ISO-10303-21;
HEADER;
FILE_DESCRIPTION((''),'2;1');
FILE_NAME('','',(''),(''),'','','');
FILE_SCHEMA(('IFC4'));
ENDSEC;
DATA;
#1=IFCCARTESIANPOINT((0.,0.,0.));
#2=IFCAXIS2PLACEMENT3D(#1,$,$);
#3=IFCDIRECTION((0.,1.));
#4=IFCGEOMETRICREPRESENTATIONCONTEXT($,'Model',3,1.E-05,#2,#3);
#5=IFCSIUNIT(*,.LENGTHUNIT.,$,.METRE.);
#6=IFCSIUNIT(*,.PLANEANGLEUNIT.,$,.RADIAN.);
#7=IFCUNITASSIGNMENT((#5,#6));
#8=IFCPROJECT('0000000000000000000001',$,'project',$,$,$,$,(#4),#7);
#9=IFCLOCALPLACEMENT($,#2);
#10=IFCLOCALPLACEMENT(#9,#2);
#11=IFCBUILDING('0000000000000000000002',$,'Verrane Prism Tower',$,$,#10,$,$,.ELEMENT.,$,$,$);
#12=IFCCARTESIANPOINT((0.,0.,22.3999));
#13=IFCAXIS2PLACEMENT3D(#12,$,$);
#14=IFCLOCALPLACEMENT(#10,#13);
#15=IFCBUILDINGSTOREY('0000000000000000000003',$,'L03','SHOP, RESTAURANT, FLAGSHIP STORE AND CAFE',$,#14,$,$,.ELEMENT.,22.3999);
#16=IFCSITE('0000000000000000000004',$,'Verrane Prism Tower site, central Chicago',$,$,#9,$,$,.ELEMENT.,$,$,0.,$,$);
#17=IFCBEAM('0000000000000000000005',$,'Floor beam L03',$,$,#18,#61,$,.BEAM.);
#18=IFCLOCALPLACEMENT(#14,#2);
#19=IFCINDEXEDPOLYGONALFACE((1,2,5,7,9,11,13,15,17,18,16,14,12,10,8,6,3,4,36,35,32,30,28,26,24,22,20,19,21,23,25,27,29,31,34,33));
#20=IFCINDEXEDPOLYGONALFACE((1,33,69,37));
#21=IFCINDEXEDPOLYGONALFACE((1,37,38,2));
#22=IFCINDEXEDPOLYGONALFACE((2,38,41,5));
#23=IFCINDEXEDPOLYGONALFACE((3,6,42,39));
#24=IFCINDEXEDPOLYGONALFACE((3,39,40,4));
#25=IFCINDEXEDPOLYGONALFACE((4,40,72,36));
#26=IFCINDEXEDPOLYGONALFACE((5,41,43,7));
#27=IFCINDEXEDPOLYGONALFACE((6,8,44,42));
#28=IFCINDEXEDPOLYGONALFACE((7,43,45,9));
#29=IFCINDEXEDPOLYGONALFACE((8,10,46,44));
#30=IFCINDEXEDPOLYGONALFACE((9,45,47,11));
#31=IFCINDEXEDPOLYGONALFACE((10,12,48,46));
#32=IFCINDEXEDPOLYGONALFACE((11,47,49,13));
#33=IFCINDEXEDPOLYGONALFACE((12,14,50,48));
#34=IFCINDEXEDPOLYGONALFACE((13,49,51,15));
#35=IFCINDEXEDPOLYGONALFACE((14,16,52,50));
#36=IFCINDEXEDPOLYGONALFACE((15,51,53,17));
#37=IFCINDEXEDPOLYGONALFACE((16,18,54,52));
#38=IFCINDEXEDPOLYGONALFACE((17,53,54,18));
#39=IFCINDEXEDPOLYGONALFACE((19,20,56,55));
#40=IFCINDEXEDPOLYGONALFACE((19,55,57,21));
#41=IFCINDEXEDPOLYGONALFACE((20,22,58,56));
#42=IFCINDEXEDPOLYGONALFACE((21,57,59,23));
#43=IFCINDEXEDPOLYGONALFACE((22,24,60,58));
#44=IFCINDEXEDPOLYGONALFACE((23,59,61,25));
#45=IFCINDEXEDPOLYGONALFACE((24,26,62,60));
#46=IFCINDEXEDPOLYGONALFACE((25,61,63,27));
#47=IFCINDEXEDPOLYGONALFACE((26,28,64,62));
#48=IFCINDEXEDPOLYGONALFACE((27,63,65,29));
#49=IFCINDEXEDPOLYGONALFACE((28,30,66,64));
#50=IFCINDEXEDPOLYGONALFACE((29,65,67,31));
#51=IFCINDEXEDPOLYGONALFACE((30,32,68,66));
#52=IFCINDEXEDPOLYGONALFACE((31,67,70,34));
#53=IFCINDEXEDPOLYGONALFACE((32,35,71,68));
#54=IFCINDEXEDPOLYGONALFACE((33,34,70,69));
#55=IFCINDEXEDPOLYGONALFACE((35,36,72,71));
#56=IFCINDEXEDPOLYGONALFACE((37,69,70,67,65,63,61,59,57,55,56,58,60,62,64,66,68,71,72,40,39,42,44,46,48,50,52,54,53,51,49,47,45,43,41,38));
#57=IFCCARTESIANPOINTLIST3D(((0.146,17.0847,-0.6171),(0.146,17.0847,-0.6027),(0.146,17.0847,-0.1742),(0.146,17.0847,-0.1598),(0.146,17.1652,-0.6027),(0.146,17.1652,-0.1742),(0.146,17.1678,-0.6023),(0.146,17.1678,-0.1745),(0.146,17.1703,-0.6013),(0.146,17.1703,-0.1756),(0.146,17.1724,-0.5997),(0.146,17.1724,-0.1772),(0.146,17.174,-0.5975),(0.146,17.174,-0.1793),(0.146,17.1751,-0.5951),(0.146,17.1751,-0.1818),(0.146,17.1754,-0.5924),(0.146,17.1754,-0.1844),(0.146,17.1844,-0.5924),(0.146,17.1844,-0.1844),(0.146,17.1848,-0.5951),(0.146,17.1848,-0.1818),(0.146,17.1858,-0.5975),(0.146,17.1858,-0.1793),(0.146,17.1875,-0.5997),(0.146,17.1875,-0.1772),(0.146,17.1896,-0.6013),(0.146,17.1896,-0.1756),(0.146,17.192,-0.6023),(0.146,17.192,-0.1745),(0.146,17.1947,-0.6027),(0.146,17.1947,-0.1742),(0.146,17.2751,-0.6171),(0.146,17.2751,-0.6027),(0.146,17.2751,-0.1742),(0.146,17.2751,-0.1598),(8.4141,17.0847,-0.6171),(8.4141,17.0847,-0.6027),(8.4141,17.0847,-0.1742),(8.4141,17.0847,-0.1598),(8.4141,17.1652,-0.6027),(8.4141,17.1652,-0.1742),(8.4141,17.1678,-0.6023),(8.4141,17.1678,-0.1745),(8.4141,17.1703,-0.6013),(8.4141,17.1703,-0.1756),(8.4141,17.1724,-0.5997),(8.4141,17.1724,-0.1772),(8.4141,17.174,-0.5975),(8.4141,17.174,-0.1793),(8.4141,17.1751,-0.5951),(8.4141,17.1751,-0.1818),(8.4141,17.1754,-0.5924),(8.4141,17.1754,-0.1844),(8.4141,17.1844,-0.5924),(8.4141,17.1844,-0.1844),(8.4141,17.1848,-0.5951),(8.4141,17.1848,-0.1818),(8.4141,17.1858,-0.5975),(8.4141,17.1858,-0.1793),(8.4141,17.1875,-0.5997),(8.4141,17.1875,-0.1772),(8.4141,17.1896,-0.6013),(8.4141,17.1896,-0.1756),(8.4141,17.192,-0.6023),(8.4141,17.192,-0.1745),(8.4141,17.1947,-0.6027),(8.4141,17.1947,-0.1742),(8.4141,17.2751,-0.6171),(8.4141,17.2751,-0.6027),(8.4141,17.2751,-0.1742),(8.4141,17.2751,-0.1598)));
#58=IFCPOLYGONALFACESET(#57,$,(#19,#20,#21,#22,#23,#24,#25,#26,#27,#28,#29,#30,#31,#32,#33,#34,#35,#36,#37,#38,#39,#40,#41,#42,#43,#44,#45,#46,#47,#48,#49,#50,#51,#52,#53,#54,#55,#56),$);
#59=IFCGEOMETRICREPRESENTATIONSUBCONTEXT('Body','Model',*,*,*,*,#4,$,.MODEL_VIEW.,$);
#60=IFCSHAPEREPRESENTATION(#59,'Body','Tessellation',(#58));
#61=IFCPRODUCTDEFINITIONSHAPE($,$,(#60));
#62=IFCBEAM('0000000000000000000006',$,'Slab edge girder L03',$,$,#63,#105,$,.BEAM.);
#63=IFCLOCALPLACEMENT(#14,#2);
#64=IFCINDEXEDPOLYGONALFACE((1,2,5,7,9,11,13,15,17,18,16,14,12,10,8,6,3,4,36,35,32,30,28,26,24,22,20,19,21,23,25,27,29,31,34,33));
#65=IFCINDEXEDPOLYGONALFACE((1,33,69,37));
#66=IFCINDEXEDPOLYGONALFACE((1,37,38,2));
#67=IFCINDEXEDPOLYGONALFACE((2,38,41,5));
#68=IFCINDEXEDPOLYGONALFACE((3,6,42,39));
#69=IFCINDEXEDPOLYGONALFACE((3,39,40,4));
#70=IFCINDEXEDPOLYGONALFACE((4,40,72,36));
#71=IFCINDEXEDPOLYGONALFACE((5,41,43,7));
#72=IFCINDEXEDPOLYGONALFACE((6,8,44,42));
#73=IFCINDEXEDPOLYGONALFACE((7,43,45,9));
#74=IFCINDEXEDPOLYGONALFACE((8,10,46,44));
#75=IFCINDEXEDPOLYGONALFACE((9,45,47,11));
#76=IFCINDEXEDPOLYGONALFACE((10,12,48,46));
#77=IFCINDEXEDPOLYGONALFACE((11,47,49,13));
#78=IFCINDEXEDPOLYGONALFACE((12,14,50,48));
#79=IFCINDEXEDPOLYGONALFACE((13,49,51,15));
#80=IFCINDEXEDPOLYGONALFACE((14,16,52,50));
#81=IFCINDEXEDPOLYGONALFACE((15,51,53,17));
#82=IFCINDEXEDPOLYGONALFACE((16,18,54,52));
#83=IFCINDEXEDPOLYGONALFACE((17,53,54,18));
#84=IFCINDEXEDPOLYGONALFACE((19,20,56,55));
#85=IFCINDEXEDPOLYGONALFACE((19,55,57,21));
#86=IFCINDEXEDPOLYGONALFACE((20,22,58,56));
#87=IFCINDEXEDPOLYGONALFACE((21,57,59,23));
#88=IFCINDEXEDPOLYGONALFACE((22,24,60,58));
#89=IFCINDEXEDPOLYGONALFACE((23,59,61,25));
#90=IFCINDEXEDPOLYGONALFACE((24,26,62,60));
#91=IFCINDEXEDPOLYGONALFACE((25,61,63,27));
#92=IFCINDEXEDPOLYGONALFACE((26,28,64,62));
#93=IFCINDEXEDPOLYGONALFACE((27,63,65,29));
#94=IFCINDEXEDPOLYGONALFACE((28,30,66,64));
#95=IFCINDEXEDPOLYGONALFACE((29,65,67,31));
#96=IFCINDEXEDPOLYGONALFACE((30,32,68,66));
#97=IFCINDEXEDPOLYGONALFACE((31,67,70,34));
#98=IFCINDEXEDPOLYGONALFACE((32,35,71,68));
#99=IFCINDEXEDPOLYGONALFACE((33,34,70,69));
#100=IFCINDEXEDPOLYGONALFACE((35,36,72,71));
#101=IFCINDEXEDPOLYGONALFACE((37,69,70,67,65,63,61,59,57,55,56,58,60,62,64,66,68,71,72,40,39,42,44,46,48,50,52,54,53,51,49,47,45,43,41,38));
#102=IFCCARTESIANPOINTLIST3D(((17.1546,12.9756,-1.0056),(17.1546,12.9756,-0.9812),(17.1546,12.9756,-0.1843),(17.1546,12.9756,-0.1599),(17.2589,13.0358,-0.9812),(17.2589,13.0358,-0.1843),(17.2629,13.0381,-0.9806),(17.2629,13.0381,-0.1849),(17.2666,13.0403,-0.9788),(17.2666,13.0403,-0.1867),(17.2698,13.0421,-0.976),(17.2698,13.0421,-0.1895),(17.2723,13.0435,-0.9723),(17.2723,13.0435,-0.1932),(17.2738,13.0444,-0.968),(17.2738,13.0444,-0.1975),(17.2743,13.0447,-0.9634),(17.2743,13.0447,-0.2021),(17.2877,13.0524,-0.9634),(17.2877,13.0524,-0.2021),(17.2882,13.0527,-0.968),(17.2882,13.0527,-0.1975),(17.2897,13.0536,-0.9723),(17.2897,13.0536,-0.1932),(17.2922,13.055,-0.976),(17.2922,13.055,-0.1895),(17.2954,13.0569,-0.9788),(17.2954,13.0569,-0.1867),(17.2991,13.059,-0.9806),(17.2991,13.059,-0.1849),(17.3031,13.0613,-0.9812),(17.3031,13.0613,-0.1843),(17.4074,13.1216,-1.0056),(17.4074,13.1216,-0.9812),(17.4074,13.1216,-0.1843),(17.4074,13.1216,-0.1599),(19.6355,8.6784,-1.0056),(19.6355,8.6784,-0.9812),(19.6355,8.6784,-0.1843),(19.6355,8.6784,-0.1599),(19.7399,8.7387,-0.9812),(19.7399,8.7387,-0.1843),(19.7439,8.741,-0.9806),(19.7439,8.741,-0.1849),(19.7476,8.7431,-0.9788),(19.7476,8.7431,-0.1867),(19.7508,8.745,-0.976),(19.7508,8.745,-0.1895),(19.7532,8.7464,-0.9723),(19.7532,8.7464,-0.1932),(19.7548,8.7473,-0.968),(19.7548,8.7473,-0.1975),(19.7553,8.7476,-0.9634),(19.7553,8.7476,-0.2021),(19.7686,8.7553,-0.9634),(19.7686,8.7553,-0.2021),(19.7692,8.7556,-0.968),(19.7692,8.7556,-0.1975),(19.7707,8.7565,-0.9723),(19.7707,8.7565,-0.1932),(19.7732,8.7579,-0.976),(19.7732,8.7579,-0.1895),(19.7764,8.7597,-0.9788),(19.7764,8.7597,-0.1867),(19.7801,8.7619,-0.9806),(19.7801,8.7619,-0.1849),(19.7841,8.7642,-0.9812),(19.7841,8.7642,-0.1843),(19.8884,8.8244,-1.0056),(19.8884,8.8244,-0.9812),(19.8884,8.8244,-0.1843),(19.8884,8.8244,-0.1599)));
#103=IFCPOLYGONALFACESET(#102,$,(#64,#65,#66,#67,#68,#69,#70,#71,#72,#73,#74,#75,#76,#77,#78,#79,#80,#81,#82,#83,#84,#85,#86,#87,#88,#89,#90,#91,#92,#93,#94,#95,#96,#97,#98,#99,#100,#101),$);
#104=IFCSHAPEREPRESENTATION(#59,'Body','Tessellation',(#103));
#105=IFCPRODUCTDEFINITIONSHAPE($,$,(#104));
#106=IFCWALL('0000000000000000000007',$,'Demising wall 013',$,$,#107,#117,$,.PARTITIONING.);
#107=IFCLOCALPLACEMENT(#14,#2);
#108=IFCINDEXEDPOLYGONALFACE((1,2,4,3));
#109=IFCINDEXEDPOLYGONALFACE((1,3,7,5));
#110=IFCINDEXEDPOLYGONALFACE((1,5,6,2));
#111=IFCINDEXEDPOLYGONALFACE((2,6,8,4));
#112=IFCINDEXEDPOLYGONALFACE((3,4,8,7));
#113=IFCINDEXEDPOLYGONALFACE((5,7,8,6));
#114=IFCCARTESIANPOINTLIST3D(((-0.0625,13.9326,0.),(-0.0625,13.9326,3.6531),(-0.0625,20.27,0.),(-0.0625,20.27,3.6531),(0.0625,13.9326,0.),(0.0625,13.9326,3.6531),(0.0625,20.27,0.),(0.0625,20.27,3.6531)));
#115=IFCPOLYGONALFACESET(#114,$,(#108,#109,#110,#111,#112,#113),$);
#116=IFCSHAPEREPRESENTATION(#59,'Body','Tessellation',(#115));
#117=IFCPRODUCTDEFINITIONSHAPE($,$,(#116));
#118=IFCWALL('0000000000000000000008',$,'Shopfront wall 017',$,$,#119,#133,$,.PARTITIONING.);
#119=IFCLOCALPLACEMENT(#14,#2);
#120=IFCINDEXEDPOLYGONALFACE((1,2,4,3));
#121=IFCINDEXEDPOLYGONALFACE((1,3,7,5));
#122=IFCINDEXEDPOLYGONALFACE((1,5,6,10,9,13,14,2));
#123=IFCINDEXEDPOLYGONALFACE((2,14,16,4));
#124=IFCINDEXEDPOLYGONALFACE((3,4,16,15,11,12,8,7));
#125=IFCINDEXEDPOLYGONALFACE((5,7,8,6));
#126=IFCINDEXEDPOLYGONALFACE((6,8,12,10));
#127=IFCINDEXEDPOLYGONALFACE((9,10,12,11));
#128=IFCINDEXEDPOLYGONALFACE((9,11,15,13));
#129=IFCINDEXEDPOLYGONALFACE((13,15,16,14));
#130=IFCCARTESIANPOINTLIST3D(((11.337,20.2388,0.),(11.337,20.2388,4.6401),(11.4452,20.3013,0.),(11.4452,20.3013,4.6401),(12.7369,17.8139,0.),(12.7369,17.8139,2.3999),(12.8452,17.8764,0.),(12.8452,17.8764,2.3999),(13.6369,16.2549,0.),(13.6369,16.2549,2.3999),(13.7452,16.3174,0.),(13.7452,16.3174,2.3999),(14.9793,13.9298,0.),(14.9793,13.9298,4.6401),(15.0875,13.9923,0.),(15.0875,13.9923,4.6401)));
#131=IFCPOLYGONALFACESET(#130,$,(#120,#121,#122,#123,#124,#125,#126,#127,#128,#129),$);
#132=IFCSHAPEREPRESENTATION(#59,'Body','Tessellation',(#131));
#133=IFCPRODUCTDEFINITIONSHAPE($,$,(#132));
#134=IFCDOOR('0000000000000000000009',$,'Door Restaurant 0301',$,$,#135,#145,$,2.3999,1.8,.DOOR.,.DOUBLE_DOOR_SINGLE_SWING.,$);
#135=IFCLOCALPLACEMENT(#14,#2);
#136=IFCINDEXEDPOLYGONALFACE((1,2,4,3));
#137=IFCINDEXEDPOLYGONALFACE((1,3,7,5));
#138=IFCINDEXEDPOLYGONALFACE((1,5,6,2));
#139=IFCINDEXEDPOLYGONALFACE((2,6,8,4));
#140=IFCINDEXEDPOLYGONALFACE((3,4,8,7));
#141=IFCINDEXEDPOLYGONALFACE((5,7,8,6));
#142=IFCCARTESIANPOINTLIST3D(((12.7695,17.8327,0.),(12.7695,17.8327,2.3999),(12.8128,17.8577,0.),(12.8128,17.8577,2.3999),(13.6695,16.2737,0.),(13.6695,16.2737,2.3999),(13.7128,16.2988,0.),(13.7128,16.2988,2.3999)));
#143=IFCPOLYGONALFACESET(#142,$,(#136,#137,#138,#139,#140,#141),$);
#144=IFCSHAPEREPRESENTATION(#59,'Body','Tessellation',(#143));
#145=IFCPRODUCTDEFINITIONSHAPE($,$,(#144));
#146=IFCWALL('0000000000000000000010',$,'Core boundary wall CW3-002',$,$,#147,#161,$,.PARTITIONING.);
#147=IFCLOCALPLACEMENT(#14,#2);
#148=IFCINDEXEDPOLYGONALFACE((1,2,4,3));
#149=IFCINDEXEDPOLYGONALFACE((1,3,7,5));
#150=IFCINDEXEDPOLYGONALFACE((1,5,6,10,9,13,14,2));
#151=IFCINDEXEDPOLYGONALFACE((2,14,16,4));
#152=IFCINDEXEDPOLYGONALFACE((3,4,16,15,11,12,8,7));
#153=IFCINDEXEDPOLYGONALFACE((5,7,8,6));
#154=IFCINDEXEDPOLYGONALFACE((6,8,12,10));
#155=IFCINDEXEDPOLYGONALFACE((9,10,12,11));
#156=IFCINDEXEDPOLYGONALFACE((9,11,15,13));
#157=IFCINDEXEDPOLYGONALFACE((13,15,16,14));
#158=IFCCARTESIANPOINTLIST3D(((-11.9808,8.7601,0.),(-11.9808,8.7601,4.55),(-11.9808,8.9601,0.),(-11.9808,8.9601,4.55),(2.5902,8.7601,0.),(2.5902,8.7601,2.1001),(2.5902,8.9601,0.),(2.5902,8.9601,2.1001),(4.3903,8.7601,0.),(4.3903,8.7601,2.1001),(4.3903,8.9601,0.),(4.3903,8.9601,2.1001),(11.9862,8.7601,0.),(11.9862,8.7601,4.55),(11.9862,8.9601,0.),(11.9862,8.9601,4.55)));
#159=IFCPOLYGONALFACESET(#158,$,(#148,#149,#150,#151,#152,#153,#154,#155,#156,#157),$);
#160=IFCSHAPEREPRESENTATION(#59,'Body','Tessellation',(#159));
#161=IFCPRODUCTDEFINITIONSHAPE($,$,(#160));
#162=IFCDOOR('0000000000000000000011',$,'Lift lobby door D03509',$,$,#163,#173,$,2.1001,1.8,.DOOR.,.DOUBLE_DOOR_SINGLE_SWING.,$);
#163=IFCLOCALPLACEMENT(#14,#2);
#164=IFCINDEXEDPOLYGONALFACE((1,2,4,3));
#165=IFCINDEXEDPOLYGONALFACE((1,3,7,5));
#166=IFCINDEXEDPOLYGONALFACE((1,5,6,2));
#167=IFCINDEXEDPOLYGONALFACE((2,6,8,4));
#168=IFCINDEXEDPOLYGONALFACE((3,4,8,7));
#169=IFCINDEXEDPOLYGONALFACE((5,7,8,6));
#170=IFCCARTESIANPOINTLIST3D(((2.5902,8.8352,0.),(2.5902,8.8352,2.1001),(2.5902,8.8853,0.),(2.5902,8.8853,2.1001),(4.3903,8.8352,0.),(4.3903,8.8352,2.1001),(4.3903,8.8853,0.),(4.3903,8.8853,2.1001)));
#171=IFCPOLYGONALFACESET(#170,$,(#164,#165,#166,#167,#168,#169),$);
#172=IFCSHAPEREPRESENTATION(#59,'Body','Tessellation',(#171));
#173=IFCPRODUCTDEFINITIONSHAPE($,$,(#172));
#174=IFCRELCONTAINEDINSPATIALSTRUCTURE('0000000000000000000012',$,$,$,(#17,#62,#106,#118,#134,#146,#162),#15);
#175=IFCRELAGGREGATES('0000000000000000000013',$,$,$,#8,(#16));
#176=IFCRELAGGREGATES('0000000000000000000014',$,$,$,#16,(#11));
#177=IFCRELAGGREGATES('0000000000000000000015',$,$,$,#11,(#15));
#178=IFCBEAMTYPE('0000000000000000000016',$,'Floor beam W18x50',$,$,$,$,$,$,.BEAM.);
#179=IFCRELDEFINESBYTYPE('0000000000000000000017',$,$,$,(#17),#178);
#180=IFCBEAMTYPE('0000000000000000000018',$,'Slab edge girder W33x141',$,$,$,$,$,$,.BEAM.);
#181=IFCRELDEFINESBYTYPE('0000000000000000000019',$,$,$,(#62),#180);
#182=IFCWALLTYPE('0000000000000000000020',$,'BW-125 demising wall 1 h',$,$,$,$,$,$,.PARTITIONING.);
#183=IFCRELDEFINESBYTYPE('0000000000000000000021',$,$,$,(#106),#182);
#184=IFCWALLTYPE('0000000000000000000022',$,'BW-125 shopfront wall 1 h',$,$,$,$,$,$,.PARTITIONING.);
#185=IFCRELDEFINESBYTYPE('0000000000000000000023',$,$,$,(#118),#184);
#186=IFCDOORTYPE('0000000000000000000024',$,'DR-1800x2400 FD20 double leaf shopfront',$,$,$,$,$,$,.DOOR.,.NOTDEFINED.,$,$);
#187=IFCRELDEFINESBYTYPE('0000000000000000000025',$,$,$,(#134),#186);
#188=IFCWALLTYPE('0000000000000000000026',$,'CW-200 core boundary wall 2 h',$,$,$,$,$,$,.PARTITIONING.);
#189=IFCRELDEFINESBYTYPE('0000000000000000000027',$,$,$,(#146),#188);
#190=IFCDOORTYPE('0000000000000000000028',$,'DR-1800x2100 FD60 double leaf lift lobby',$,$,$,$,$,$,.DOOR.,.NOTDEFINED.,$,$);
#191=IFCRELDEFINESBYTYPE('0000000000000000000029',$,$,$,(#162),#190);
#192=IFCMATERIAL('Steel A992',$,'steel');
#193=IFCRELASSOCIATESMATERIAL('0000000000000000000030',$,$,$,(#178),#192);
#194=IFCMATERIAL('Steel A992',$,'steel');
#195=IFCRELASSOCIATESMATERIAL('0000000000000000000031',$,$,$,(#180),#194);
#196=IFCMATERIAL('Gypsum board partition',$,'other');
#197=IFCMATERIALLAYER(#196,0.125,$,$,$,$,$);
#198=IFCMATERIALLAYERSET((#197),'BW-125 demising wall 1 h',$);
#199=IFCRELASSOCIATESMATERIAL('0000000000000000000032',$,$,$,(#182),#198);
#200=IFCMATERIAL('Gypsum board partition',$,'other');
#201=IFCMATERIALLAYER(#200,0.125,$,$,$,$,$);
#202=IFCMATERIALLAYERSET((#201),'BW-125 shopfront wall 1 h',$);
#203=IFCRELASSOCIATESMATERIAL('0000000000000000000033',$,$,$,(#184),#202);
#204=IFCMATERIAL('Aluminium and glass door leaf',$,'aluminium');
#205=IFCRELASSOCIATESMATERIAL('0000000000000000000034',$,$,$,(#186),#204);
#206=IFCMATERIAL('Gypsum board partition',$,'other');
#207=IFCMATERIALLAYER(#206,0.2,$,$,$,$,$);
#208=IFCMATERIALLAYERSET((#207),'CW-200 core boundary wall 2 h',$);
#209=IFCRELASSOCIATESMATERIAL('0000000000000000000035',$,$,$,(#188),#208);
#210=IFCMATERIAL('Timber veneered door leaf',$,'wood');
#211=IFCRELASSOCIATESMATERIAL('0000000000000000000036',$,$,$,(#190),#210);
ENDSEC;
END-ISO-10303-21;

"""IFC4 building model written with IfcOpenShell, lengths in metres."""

from ifc_helpers import new_model, si_unit, direction, frame, frame_2d, origin, origin_2d, place, context, subcontext, project, spatial, rectangle, i_section, extrude, material, layer, layer_set, material_profile, profile_set, type_object, element, fill, save


model = new_model("IFC4")

# Units and contexts
model_context = context("Model", 3, precision=1e-05, world=origin(), true_north=direction((0.0, 1.0)))
body_context = subcontext(model_context, "Body", "Model", "MODEL_VIEW")
ifc_project = project(units=[si_unit("LENGTHUNIT", "METRE"), si_unit("PLANEANGLEUNIT", "RADIAN")], contexts=[model_context])

# Site, building, storey
site_placement = place(None, origin())
site = spatial("IfcSite", under=ifc_project, at=site_placement, Name="Verrane Prism Tower site, central Chicago", CompositionType="ELEMENT", RefElevation=0.0)
building_placement = place(site_placement, origin())
building = spatial("IfcBuilding", under=site, at=building_placement, Name="Verrane Prism Tower", CompositionType="ELEMENT")
storey_placement = place(building_placement, frame((0.0, 0.0, 22.3999)))
storey = spatial("IfcBuildingStorey", under=building, at=storey_placement, Name="L03", Description="SHOP, RESTAURANT, FLAGSHIP STORE AND CAFE", CompositionType="ELEMENT", Elevation=22.3999)

# Beams
ifc_material_1 = material(Name="Steel A992", Category="steel")
ifc_material_profile_1 = material_profile(ifc_material_1, i_section(OverallWidth=0.1904, OverallDepth=0.4573, WebThickness=0.009, FlangeThickness=0.0144, FilletRadius=0.0103, at=origin_2d()), Name="W18x50")
ifc_profile_set_1 = profile_set([ifc_material_profile_1], Name="Steel A992")
beam_type_1 = type_object("IfcBeamType", Name="Floor beam W18x50", PredefinedType="BEAM", material=ifc_profile_set_1)
for number, where, z_axis, x_axis, name in (
    (1, (0.146, 17.1799, -0.3884), (1.0, 0.0, 0.0), (0.0, 1.0, 0.0), "Floor beam L03"),
):
    element("IfcBeam", number, at=place(storey_placement, frame(where, z_axis=z_axis, x_axis=x_axis)), inside=storey, type_object=beam_type_1, Name=name, PredefinedType="BEAM", context=body_context, shape_type="SweptSolid", body=[
        extrude(i_section(OverallWidth=0.1904, OverallDepth=0.4573, WebThickness=0.009, FlangeThickness=0.0144, FilletRadius=0.0103, at=origin_2d()), origin(), (0.0, 0.0, 1.0), 8.2681),
    ])
ifc_material_2 = material(Name="Steel A992", Category="steel")
ifc_material_profile_2 = material_profile(ifc_material_2, i_section(OverallWidth=0.292, OverallDepth=0.8457, WebThickness=0.0154, FlangeThickness=0.0244, FilletRadius=0.0178, at=origin_2d()), Name="W33x141")
ifc_profile_set_2 = profile_set([ifc_material_profile_2], Name="Steel A992")
beam_type_2 = type_object("IfcBeamType", Name="Slab edge girder W33x141", PredefinedType="BEAM", material=ifc_profile_set_2)
beam_1_placement = place(storey_placement, frame((17.281, 13.0486, -0.5828), z_axis=(0.500002, -0.866024, 0.0), x_axis=(0.866024, 0.500002, 0.0)))
element("IfcBeam", 2, at=beam_1_placement, inside=storey, type_object=beam_type_2, Name="Slab edge girder L03", PredefinedType="BEAM", context=body_context, shape_type="SweptSolid", body=[
    extrude(i_section(OverallWidth=0.292, OverallDepth=0.8457, WebThickness=0.0154, FlangeThickness=0.0244, FilletRadius=0.0178, at=origin_2d()), origin(), (0.0, 0.0, 1.0), 4.9619),
])

# Wall
ifc_material_3 = material(Name="Gypsum board partition", Category="other")
ifc_layer_1 = layer(ifc_material_3, 0.125)
ifc_layer_set_1 = layer_set([ifc_layer_1], Name="BW-125 demising wall 1 h")
wall_type_1 = type_object("IfcWallType", Name="BW-125 demising wall 1 h", PredefinedType="PARTITIONING", material=ifc_layer_set_1)
wall_1_placement = place(storey_placement, frame((0.0, 13.9326, 0.0), z_axis=(0.0, 0.0, 1.0), x_axis=(0.0, 1.0, 0.0)))
element("IfcWall", 3, at=wall_1_placement, inside=storey, type_object=wall_type_1, Name="Demising wall 013", PredefinedType="PARTITIONING", context=body_context, shape_type="SweptSolid", body=[
    extrude(rectangle(XDim=6.3374, YDim=0.125, at=frame_2d((3.1687, 0.0))), origin(), (0.0, 0.0, 1.0), 3.6531),
])

# Walls, openings, doors
ifc_material_4 = material(Name="Gypsum board partition", Category="other")
ifc_layer_2 = layer(ifc_material_4, 0.125)
ifc_layer_set_2 = layer_set([ifc_layer_2], Name="BW-125 shopfront wall 1 h")
wall_type_2 = type_object("IfcWallType", Name="BW-125 shopfront wall 1 h", PredefinedType="PARTITIONING", material=ifc_layer_set_2)
wall_2_placement = place(storey_placement, frame((15.0334, 13.9609, 0.0), z_axis=(0.0, 0.0, 1.0), x_axis=(-0.499978, 0.866038, 0.0)))
wall_2 = element("IfcWall", 4, at=wall_2_placement, inside=storey, type_object=wall_type_2, Name="Shopfront wall 017", PredefinedType="PARTITIONING", context=body_context, shape_type="SweptSolid", body=[
    extrude(rectangle(XDim=7.2849, YDim=0.125, at=frame_2d((3.6426, 0.0))), origin(), (0.0, 0.0, 1.0), 4.6401),
])
opening_1_placement = place(wall_2_placement, frame((2.6851, 0.0, 0.0)))
opening_1 = element("IfcOpeningElement", 5, at=opening_1_placement, cuts=wall_2, PredefinedType="OPENING", context=body_context, shape_type="SweptSolid", body=[
    extrude(rectangle(XDim=1.8, YDim=2.3999, at=frame_2d((0.8999, 1.2))), frame((0.0, 0.0725, 0.0), z_axis=(0.0, -1.0, 0.0), x_axis=(1.0, 0.0, 0.0)), (0.0, 0.0, 1.0), 0.145),
])
ifc_material_5 = material(Name="Aluminium and glass door leaf", Category="aluminium")
door_type_1 = type_object("IfcDoorType", Name="DR-1800x2400 FD20 double leaf shopfront", OperationType="NOTDEFINED", PredefinedType="DOOR", material=ifc_material_5)
door_1_placement = place(opening_1_placement, origin())
door_1 = element("IfcDoor", 6, at=door_1_placement, inside=storey, type_object=door_type_1, Name="Door Restaurant 0301", OperationType="DOUBLE_DOOR_SINGLE_SWING", OverallHeight=2.3999, OverallWidth=1.8, PredefinedType="DOOR", context=body_context, shape_type="SweptSolid", body=[
    extrude(rectangle(XDim=1.8, YDim=2.3999, at=frame_2d((0.8999, 1.2))), frame((0.0, 0.0249, 0.0), z_axis=(0.0, -1.0, 0.0), x_axis=(1.0, 0.0, 0.0)), (0.0, 0.0, 1.0), 0.05),
])
fill(opening_1, door_1)
ifc_material_6 = material(Name="Gypsum board partition", Category="other")
ifc_layer_3 = layer(ifc_material_6, 0.2)
ifc_layer_set_3 = layer_set([ifc_layer_3], Name="CW-200 core boundary wall 2 h")
wall_type_3 = type_object("IfcWallType", Name="CW-200 core boundary wall 2 h", PredefinedType="PARTITIONING", material=ifc_layer_set_3)
wall_3_placement = place(storey_placement, frame((11.9861, 8.8601, 0.0), z_axis=(0.0, 0.0, 1.0), x_axis=(-1.0, 0.0, 0.0)))
wall_3 = element("IfcWall", 7, at=wall_3_placement, inside=storey, type_object=wall_type_3, Name="Core boundary wall CW3-002", PredefinedType="PARTITIONING", context=body_context, shape_type="SweptSolid", body=[
    extrude(rectangle(XDim=23.967, YDim=0.2, at=frame_2d((11.9834, 0.0))), origin(), (0.0, 0.0, 1.0), 4.55),
])
opening_2_placement = place(wall_3_placement, frame((7.5959, 0.0, 0.0)))
opening_2 = element("IfcOpeningElement", 8, at=opening_2_placement, cuts=wall_3, PredefinedType="OPENING", context=body_context, shape_type="SweptSolid", body=[
    extrude(rectangle(XDim=1.8, YDim=2.1001, at=frame_2d((0.8999, 1.05))), frame((0.0, 0.1099, 0.0), z_axis=(0.0, -1.0, 0.0), x_axis=(1.0, 0.0, 0.0)), (0.0, 0.0, 1.0), 0.22),
])
ifc_material_7 = material(Name="Timber veneered door leaf", Category="wood")
door_type_2 = type_object("IfcDoorType", Name="DR-1800x2100 FD60 double leaf lift lobby", OperationType="NOTDEFINED", PredefinedType="DOOR", material=ifc_material_7)
door_2_placement = place(opening_2_placement, origin())
door_2 = element("IfcDoor", 9, at=door_2_placement, inside=storey, type_object=door_type_2, Name="Lift lobby door D03509", OperationType="DOUBLE_DOOR_SINGLE_SWING", OverallHeight=2.1001, OverallWidth=1.8, PredefinedType="DOOR", context=body_context, shape_type="SweptSolid", body=[
    extrude(rectangle(XDim=1.8, YDim=2.1001, at=frame_2d((0.8999, 1.05))), frame((0.0, 0.0249, 0.0), z_axis=(0.0, -1.0, 0.0), x_axis=(1.0, 0.0, 0.0)), (0.0, 0.0, 1.0), 0.05),
])
fill(opening_2, door_2)

save(model, "model.ifc")
